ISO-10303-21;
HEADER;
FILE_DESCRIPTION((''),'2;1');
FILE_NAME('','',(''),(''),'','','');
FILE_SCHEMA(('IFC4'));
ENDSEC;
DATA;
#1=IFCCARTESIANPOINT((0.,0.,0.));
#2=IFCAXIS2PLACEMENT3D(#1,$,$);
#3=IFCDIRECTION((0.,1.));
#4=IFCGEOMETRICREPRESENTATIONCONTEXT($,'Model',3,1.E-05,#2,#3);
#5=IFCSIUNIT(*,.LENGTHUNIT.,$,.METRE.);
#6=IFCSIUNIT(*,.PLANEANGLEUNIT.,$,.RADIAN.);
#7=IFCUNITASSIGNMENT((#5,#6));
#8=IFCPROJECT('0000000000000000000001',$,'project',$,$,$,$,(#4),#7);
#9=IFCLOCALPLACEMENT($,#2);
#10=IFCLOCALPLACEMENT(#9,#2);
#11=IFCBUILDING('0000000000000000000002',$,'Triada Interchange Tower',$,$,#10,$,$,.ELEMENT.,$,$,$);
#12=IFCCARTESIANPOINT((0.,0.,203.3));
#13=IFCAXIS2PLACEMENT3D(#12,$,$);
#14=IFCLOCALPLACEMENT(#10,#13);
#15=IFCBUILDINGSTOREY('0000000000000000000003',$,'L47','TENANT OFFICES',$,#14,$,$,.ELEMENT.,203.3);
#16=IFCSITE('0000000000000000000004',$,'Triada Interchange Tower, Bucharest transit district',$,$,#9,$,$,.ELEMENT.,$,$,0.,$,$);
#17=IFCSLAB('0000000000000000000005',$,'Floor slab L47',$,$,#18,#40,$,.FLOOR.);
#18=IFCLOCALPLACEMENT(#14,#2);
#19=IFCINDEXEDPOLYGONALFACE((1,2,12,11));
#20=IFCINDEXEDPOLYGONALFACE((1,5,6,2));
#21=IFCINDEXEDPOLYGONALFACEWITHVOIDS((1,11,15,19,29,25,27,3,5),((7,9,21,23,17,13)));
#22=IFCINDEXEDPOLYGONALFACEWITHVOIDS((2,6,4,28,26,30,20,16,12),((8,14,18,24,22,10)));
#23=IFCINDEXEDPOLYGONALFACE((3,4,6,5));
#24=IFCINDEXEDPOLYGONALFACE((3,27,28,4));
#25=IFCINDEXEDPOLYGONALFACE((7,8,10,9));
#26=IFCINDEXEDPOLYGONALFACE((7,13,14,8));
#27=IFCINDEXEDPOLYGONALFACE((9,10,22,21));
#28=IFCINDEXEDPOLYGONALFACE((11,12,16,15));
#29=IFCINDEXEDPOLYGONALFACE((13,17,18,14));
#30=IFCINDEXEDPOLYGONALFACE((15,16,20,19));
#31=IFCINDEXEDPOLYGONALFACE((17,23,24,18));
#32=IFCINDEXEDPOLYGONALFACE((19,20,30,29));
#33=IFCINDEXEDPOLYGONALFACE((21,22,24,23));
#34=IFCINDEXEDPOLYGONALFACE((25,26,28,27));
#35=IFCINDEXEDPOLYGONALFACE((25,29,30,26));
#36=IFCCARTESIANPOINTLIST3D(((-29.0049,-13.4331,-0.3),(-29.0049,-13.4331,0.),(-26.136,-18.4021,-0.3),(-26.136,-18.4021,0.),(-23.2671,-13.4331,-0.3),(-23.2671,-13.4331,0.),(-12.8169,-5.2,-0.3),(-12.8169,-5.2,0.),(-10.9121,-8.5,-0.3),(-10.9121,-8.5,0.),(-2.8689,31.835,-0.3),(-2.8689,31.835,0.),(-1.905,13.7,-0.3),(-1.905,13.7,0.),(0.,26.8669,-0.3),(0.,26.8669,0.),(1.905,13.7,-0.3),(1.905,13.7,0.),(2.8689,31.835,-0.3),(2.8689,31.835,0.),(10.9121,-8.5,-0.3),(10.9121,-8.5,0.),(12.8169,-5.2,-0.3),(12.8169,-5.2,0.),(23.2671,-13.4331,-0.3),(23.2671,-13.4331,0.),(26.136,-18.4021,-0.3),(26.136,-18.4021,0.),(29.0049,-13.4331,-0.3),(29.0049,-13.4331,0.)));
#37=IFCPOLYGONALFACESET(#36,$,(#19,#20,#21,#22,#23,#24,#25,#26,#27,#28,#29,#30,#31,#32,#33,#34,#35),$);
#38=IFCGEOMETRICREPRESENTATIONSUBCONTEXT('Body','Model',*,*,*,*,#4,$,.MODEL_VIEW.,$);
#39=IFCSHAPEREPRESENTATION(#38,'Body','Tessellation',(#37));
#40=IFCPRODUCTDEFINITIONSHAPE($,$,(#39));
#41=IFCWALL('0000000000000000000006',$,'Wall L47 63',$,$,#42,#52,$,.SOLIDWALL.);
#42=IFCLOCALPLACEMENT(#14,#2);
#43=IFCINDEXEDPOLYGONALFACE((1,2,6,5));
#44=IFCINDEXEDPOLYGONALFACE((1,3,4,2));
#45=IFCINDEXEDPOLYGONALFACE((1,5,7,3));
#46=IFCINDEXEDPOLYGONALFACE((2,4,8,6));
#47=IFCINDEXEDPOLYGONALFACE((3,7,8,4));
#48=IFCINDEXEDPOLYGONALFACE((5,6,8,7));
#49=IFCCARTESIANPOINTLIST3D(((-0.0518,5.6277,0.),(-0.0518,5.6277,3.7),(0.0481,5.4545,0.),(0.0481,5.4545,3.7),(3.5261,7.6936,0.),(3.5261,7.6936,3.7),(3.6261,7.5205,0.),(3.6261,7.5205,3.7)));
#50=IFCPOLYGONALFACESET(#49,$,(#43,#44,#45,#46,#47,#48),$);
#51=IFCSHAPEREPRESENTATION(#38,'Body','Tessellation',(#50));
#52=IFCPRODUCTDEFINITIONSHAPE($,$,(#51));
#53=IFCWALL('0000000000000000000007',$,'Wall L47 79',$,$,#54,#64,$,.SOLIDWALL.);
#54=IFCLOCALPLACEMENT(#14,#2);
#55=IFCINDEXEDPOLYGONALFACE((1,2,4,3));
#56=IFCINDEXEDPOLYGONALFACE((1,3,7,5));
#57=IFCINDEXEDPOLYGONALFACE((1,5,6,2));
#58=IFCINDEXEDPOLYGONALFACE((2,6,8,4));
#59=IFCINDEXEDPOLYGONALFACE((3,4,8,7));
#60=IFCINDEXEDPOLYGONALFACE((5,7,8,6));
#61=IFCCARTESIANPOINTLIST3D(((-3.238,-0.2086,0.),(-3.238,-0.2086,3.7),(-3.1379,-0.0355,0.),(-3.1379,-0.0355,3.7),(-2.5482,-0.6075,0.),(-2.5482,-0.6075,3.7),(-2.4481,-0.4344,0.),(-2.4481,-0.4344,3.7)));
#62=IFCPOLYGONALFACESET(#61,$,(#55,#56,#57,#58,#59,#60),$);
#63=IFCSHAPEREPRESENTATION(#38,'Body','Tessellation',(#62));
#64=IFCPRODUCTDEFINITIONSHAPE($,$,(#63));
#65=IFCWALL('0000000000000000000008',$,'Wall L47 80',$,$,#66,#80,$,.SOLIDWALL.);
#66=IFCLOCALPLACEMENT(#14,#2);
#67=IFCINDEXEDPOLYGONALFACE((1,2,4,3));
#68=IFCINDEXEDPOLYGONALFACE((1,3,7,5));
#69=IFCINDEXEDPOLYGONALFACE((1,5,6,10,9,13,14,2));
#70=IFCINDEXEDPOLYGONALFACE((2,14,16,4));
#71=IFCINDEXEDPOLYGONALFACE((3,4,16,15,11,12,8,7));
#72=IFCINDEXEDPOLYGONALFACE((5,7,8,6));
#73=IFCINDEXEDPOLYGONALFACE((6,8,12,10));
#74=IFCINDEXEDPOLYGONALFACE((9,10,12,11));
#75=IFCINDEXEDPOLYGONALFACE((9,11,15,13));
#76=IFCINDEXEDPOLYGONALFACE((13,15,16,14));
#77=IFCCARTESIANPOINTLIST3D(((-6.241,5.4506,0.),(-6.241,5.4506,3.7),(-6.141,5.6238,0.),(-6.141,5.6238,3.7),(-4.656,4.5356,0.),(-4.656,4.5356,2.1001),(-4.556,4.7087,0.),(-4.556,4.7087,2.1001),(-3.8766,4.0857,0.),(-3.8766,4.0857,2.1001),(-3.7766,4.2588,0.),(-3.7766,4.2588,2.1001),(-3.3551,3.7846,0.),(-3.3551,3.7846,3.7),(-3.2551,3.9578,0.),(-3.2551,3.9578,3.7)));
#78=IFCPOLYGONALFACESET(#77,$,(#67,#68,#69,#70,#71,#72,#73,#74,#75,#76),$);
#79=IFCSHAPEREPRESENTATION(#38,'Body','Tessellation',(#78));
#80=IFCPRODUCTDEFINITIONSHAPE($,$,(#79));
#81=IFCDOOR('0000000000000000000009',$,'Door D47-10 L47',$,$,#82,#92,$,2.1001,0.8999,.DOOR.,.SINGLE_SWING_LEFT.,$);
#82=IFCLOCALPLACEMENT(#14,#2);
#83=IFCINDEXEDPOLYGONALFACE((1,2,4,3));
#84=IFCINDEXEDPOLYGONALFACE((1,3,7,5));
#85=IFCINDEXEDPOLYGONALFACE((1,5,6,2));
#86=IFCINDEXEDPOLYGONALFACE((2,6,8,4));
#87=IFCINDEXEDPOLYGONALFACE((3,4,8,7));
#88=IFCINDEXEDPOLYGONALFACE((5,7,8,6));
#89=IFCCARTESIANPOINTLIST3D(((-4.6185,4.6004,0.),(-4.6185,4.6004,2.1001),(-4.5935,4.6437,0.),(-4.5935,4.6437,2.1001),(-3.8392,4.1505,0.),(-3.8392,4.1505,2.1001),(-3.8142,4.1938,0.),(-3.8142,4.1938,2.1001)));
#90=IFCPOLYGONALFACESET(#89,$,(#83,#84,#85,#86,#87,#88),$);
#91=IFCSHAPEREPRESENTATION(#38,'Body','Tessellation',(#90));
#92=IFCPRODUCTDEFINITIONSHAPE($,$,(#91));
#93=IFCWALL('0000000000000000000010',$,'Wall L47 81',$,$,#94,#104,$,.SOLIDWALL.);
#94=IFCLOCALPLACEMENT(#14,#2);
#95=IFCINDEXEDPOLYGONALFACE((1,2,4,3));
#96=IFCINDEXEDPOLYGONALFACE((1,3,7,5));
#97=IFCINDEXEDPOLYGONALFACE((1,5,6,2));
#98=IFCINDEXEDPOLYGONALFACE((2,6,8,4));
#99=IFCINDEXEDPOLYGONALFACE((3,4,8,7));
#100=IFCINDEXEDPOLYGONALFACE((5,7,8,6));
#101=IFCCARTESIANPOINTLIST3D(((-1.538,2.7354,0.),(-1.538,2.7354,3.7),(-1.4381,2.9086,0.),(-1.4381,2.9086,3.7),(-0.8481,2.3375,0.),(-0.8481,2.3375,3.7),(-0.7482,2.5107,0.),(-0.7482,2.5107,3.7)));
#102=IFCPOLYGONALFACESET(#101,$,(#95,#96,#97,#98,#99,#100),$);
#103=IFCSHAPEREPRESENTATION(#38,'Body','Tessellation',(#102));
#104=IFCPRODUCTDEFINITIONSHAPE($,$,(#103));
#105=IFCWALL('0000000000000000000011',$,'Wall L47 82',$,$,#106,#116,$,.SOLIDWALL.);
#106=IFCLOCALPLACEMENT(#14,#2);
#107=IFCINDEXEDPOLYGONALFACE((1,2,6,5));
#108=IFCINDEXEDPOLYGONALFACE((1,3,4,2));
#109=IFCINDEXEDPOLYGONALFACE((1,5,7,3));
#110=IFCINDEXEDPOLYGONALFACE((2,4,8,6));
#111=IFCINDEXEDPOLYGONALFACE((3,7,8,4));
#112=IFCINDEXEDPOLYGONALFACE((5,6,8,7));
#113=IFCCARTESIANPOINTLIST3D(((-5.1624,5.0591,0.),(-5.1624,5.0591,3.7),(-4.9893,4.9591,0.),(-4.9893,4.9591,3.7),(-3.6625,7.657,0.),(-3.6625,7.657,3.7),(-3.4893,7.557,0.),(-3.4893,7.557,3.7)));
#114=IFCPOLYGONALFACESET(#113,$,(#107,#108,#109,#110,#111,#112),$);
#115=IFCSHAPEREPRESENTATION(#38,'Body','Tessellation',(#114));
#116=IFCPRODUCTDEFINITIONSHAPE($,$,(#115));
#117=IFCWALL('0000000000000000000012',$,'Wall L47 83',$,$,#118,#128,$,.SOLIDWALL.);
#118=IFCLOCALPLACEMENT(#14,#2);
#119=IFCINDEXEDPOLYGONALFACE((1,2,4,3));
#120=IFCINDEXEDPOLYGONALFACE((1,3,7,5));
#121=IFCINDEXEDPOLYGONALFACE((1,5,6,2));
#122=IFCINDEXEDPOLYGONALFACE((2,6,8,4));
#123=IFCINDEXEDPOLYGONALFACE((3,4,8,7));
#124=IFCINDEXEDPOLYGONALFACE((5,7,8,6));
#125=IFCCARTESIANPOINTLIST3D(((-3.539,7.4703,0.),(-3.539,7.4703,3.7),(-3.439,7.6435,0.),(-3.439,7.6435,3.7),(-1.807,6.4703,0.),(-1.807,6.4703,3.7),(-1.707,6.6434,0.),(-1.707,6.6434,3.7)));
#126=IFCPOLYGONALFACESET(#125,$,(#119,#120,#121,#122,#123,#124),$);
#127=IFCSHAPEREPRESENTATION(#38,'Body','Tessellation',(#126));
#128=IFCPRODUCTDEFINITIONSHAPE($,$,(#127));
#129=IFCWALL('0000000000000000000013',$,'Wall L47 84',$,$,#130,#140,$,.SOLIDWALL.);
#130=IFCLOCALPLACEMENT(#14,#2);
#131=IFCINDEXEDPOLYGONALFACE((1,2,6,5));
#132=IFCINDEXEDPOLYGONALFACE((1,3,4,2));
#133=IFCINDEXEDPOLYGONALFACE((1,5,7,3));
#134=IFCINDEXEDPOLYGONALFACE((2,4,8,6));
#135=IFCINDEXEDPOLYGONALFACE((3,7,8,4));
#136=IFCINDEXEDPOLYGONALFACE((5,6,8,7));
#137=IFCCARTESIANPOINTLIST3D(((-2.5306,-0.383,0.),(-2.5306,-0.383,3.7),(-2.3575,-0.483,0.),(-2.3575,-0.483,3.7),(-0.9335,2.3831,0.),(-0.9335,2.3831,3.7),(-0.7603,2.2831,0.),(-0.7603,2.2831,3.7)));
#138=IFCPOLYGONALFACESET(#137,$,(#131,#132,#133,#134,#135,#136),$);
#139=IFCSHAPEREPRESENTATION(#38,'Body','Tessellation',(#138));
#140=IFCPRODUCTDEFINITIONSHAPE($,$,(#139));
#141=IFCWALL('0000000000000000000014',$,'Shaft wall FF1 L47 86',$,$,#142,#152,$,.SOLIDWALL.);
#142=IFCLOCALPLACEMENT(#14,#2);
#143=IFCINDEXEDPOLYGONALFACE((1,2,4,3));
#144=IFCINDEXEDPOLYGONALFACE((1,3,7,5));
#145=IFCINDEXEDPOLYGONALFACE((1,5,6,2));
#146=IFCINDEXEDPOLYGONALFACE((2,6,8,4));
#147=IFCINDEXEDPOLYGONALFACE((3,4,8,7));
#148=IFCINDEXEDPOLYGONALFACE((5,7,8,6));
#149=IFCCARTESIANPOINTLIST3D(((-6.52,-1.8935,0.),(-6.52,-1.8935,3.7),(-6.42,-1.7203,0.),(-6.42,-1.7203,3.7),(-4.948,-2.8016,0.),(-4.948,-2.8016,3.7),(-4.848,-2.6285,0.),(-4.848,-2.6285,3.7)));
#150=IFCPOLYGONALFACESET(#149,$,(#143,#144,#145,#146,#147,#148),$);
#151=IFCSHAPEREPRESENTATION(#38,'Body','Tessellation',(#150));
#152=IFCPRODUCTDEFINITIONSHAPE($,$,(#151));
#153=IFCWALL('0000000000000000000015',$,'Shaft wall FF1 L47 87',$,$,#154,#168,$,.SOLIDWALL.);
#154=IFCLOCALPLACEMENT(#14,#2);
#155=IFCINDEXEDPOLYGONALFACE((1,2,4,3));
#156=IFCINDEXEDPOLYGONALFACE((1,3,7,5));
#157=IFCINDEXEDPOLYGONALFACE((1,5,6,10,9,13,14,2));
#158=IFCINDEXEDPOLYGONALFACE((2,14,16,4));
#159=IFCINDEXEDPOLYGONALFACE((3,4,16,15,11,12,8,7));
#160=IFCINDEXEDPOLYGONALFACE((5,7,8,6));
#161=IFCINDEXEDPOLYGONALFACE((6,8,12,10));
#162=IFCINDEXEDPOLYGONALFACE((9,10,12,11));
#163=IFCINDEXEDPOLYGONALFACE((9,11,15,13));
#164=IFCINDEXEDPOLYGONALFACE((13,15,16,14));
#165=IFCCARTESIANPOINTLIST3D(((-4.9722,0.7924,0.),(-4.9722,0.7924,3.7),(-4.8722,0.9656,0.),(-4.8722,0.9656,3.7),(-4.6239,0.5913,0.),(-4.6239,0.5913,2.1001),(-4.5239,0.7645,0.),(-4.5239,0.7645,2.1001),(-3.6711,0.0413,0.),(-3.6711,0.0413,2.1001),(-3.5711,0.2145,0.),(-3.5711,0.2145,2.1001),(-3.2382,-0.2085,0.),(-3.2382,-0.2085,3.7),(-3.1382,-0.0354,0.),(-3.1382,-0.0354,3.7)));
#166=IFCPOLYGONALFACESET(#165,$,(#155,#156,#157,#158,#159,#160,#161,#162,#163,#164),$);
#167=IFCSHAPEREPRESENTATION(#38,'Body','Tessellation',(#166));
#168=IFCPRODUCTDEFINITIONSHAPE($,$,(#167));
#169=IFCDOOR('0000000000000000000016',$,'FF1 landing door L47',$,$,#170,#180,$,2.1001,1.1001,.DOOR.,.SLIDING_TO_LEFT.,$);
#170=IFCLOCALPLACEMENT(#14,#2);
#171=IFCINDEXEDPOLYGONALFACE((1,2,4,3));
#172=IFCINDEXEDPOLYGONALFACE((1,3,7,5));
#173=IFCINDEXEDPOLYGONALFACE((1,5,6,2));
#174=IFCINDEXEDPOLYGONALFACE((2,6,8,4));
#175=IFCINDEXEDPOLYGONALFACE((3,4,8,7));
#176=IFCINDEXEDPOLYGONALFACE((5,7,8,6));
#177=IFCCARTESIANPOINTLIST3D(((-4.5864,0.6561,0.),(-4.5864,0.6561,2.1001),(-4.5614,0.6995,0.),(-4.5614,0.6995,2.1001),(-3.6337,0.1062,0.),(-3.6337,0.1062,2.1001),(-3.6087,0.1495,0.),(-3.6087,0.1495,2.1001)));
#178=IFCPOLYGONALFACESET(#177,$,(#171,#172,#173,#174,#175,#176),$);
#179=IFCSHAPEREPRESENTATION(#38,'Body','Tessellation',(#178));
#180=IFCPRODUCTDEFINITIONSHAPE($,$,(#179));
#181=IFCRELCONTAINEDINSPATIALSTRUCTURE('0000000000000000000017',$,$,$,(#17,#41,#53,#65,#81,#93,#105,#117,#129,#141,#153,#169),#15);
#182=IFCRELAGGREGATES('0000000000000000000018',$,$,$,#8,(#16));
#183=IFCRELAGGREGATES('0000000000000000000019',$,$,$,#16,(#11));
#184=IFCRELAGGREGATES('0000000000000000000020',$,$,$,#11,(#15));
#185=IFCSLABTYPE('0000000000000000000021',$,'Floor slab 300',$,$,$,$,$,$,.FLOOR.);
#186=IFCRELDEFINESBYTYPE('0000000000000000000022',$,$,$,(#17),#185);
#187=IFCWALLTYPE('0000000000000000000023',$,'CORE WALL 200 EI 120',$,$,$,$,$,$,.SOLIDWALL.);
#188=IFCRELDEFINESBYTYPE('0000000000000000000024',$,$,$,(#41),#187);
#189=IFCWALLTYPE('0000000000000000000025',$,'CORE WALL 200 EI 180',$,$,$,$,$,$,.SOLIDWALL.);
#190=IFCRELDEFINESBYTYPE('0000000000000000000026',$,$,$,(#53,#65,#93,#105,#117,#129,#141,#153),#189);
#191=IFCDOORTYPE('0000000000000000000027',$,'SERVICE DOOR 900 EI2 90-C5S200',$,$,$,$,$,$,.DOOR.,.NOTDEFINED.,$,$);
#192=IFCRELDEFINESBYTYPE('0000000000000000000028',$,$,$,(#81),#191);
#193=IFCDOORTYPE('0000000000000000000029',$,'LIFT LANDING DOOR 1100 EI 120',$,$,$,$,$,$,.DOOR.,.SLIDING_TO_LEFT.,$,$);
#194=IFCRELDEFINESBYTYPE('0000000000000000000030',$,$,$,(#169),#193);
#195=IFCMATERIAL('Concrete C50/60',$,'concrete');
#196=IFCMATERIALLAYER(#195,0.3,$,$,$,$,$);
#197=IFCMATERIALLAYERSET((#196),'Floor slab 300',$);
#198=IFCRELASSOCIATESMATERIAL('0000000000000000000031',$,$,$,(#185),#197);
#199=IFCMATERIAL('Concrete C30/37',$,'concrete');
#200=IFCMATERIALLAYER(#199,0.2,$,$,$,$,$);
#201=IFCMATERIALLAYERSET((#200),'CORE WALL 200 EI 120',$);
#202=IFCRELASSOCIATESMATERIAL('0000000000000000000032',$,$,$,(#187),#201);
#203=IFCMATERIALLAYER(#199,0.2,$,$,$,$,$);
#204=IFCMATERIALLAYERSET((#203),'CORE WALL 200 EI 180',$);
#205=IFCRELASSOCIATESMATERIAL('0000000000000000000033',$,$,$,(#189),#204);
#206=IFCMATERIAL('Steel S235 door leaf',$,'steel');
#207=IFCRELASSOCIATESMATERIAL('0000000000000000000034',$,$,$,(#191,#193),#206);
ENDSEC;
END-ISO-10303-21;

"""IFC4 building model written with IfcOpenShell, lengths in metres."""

from ifc_helpers import new_model, si_unit, direction, frame, frame_2d, origin, place, context, subcontext, project, spatial, polyline, rectangle, outline, extrude, material, layer, layer_set, type_object, element, fill, save


model = new_model("IFC4")

# Units and contexts
model_context = context("Model", 3, precision=1e-05, world=origin(), true_north=direction((0.0, 1.0)))
body_context = subcontext(model_context, "Body", "Model", "MODEL_VIEW")
ifc_project = project(units=[si_unit("LENGTHUNIT", "METRE"), si_unit("PLANEANGLEUNIT", "RADIAN")], contexts=[model_context])

# Site, building, storey
site_placement = place(None, origin())
site = spatial("IfcSite", under=ifc_project, at=site_placement, Name="Triada Interchange Tower, Bucharest transit district", CompositionType="ELEMENT", RefElevation=0.0)
building_placement = place(site_placement, origin())
building = spatial("IfcBuilding", under=site, at=building_placement, Name="Triada Interchange Tower", CompositionType="ELEMENT")
storey_placement = place(building_placement, frame((0.0, 0.0, 203.3)))
storey = spatial("IfcBuildingStorey", under=building, at=storey_placement, Name="L47", Description="TENANT OFFICES", CompositionType="ELEMENT", Elevation=203.3)

# Slab
ifc_material_1 = material(Name="Concrete C50/60", Category="concrete")
ifc_layer_1 = layer(ifc_material_1, 0.3)
ifc_layer_set_1 = layer_set([ifc_layer_1], Name="Floor slab 300")
slab_type = type_object("IfcSlabType", Name="Floor slab 300", PredefinedType="FLOOR", material=ifc_layer_set_1)
slab_placement = place(storey_placement, frame((0.0, 0.0, -0.3)))
element("IfcSlab", 1, at=slab_placement, inside=storey, type_object=slab_type, Name="Floor slab L47", PredefinedType="FLOOR", context=body_context, shape_type="SweptSolid", body=[
    extrude(outline(polyline([(-2.8689, 31.835), (-29.0049, -13.4331), (-23.2671, -13.4331), (-26.136, -18.4021), (26.136, -18.4021), (23.2671, -13.4331), (29.0049, -13.4331), (2.8689, 31.835), (0.0, 26.8669), (-2.8689, 31.835)]), holes=[polyline([(1.905, 13.7), (-1.905, 13.7), (-12.8169, -5.2), (-10.9121, -8.5), (10.9121, -8.5), (12.8169, -5.2), (1.905, 13.7)])]), origin(), (0.0, 0.0, 1.0), 0.3),
])

# Walls
ifc_material_2 = material(Name="Concrete C30/37", Category="concrete")
ifc_layer_2 = layer(ifc_material_2, 0.2)
ifc_layer_set_2 = layer_set([ifc_layer_2], Name="CORE WALL 200 EI 120")
wall_type_1 = type_object("IfcWallType", Name="CORE WALL 200 EI 120", PredefinedType="SOLIDWALL", material=ifc_layer_set_2)
wall_1_placement = place(storey_placement, frame((-0.002, 5.541, 0.0), z_axis=(0.0, 0.0, 1.0), x_axis=(0.866002, 0.500041, 0.0)))
element("IfcWall", 2, at=wall_1_placement, inside=storey, type_object=wall_type_1, Name="Wall L47 63", PredefinedType="SOLIDWALL", context=body_context, shape_type="SweptSolid", body=[
    extrude(rectangle(XDim=4.1316, YDim=0.2, at=frame_2d((2.0659, 0.0))), origin(), (0.0, 0.0, 1.0), 3.7),
])
ifc_layer_3 = layer(ifc_material_2, 0.2)
ifc_layer_set_3 = layer_set([ifc_layer_3], Name="CORE WALL 200 EI 180")
wall_type_2 = type_object("IfcWallType", Name="CORE WALL 200 EI 180", PredefinedType="SOLIDWALL", material=ifc_layer_set_3)
wall_2_placement = place(storey_placement, frame((-3.188, -0.1221, 0.0), z_axis=(0.0, 0.0, 1.0), x_axis=(0.865706, -0.500553, 0.0)))
element("IfcWall", 3, at=wall_2_placement, inside=storey, type_object=wall_type_2, Name="Wall L47 79", PredefinedType="SOLIDWALL", context=body_context, shape_type="SweptSolid", body=[
    extrude(rectangle(XDim=0.7969, YDim=0.2, at=frame_2d((0.3984, 0.0))), origin(), (0.0, 0.0, 1.0), 3.7),
])

# Wall, opening, door
wall_3_placement = place(storey_placement, frame((-6.1909, 5.5371, 0.0), z_axis=(0.0, 0.0, 1.0), x_axis=(0.866053, -0.499953, 0.0)))
wall_3 = element("IfcWall", 4, at=wall_3_placement, inside=storey, type_object=wall_type_2, Name="Wall L47 80", PredefinedType="SOLIDWALL", context=body_context, shape_type="SweptSolid", body=[
    extrude(rectangle(XDim=3.3323, YDim=0.2, at=frame_2d((1.666, 0.0))), origin(), (0.0, 0.0, 1.0), 3.7),
])
opening_1_placement = place(wall_3_placement, frame((1.8301, 0.0, 0.0)))
opening_1 = element("IfcOpeningElement", 5, at=opening_1_placement, cuts=wall_3, PredefinedType="OPENING", context=body_context, shape_type="SweptSolid", body=[
    extrude(rectangle(XDim=0.8999, YDim=2.1001, at=frame_2d((0.45, 1.05))), frame((0.0, 0.1099, 0.0), z_axis=(0.0, -1.0, 0.0), x_axis=(1.0, 0.0, 0.0)), (0.0, 0.0, 1.0), 0.22),
])
ifc_material_3 = material(Name="Steel S235 door leaf", Category="steel")
door_type_1 = type_object("IfcDoorType", Name="SERVICE DOOR 900 EI2 90-C5S200", OperationType="NOTDEFINED", PredefinedType="DOOR", material=ifc_material_3)
door_1_placement = place(opening_1_placement, origin())
door_1 = element("IfcDoor", 6, at=door_1_placement, inside=storey, type_object=door_type_1, Name="Door D47-10 L47", OperationType="SINGLE_SWING_LEFT", OverallHeight=2.1001, OverallWidth=0.8999, PredefinedType="DOOR", context=body_context, shape_type="SweptSolid", body=[
    extrude(rectangle(XDim=0.8999, YDim=2.1001, at=frame_2d((0.45, 1.05))), frame((0.0, 0.0249, 0.0), z_axis=(0.0, -1.0, 0.0), x_axis=(1.0, 0.0, 0.0)), (0.0, 0.0, 1.0), 0.05),
])
fill(opening_1, door_1)

# Walls
wall_4_placement = place(storey_placement, frame((-1.488, 2.822, 0.0), z_axis=(0.0, 0.0, 1.0), x_axis=(0.866237, -0.499634, 0.0)))
element("IfcWall", 7, at=wall_4_placement, inside=storey, type_object=wall_type_2, Name="Wall L47 81", PredefinedType="SOLIDWALL", context=body_context, shape_type="SweptSolid", body=[
    extrude(rectangle(XDim=0.7964, YDim=0.2, at=frame_2d((0.3982, 0.0))), origin(), (0.0, 0.0, 1.0), 3.7),
])
wall_5_placement = place(storey_placement, frame((-5.0759, 5.009, 0.0), z_axis=(0.0, 0.0, 1.0), x_axis=(0.500025, 0.866011, 0.0)))
element("IfcWall", 8, at=wall_5_placement, inside=storey, type_object=wall_type_2, Name="Wall L47 82", PredefinedType="SOLIDWALL", context=body_context, shape_type="SweptSolid", body=[
    extrude(rectangle(XDim=2.9998, YDim=0.2, at=frame_2d((1.5, 0.0))), origin(), (0.0, 0.0, 1.0), 3.7),
])
wall_6_placement = place(storey_placement, frame((-3.489, 7.5569, 0.0), z_axis=(0.0, 0.0, 1.0), x_axis=(0.866011, -0.500025, 0.0)))
element("IfcWall", 9, at=wall_6_placement, inside=storey, type_object=wall_type_2, Name="Wall L47 83", PredefinedType="SOLIDWALL", context=body_context, shape_type="SweptSolid", body=[
    extrude(rectangle(XDim=2.0, YDim=0.2, at=frame_2d((1.0, 0.0))), origin(), (0.0, 0.0, 1.0), 3.7),
])
wall_7_placement = place(storey_placement, frame((-2.4441, -0.4331, 0.0), z_axis=(0.0, 0.0, 1.0), x_axis=(0.500036, 0.866005, 0.0)))
element("IfcWall", 10, at=wall_7_placement, inside=storey, type_object=wall_type_2, Name="Wall L47 84", PredefinedType="SOLIDWALL", context=body_context, shape_type="SweptSolid", body=[
    extrude(rectangle(XDim=3.1941, YDim=0.2, at=frame_2d((1.5972, 0.0))), origin(), (0.0, 0.0, 1.0), 3.7),
])
wall_8_placement = place(storey_placement, frame((-6.47, -1.8069, 0.0), z_axis=(0.0, 0.0, 1.0), x_axis=(0.865883, -0.500246, 0.0)))
element("IfcWall", 11, at=wall_8_placement, inside=storey, type_object=wall_type_2, Name="Shaft wall FF1 L47 86", PredefinedType="SOLIDWALL", context=body_context, shape_type="SweptSolid", body=[
    extrude(rectangle(XDim=1.8154, YDim=0.2, at=frame_2d((0.9077, 0.0))), origin(), (0.0, 0.0, 1.0), 3.7),
])

# Wall, opening, door
wall_9_placement = place(storey_placement, frame((-4.9221, 0.8789, 0.0), z_axis=(0.0, 0.0, 1.0), x_axis=(0.866074, -0.499916, 0.0)))
wall_9 = element("IfcWall", 12, at=wall_9_placement, inside=storey, type_object=wall_type_2, Name="Shaft wall FF1 L47 87", PredefinedType="SOLIDWALL", context=body_context, shape_type="SweptSolid", body=[
    extrude(rectangle(XDim=2.0022, YDim=0.2, at=frame_2d((1.001, 0.0))), origin(), (0.0, 0.0, 1.0), 3.7),
])
opening_2_placement = place(wall_9_placement, frame((0.4021, 0.0, 0.0)))
opening_2 = element("IfcOpeningElement", 13, at=opening_2_placement, cuts=wall_9, PredefinedType="OPENING", context=body_context, shape_type="SweptSolid", body=[
    extrude(rectangle(XDim=1.1001, YDim=2.1001, at=frame_2d((0.55, 1.05))), frame((0.0, 0.1099, 0.0), z_axis=(0.0, -1.0, 0.0), x_axis=(1.0, 0.0, 0.0)), (0.0, 0.0, 1.0), 0.22),
])
door_type_2 = type_object("IfcDoorType", Name="LIFT LANDING DOOR 1100 EI 120", OperationType="SLIDING_TO_LEFT", PredefinedType="DOOR", material=ifc_material_3)
door_2_placement = place(opening_2_placement, origin())
door_2 = element("IfcDoor", 14, at=door_2_placement, inside=storey, type_object=door_type_2, Name="FF1 landing door L47", OperationType="SLIDING_TO_LEFT", OverallHeight=2.1001, OverallWidth=1.1001, PredefinedType="DOOR", context=body_context, shape_type="SweptSolid", body=[
    extrude(rectangle(XDim=1.1001, YDim=2.1001, at=frame_2d((0.55, 1.05))), frame((0.0, 0.0249, 0.0), z_axis=(0.0, -1.0, 0.0), x_axis=(1.0, 0.0, 0.0)), (0.0, 0.0, 1.0), 0.05),
])
fill(opening_2, door_2)

save(model, "model.ifc")
